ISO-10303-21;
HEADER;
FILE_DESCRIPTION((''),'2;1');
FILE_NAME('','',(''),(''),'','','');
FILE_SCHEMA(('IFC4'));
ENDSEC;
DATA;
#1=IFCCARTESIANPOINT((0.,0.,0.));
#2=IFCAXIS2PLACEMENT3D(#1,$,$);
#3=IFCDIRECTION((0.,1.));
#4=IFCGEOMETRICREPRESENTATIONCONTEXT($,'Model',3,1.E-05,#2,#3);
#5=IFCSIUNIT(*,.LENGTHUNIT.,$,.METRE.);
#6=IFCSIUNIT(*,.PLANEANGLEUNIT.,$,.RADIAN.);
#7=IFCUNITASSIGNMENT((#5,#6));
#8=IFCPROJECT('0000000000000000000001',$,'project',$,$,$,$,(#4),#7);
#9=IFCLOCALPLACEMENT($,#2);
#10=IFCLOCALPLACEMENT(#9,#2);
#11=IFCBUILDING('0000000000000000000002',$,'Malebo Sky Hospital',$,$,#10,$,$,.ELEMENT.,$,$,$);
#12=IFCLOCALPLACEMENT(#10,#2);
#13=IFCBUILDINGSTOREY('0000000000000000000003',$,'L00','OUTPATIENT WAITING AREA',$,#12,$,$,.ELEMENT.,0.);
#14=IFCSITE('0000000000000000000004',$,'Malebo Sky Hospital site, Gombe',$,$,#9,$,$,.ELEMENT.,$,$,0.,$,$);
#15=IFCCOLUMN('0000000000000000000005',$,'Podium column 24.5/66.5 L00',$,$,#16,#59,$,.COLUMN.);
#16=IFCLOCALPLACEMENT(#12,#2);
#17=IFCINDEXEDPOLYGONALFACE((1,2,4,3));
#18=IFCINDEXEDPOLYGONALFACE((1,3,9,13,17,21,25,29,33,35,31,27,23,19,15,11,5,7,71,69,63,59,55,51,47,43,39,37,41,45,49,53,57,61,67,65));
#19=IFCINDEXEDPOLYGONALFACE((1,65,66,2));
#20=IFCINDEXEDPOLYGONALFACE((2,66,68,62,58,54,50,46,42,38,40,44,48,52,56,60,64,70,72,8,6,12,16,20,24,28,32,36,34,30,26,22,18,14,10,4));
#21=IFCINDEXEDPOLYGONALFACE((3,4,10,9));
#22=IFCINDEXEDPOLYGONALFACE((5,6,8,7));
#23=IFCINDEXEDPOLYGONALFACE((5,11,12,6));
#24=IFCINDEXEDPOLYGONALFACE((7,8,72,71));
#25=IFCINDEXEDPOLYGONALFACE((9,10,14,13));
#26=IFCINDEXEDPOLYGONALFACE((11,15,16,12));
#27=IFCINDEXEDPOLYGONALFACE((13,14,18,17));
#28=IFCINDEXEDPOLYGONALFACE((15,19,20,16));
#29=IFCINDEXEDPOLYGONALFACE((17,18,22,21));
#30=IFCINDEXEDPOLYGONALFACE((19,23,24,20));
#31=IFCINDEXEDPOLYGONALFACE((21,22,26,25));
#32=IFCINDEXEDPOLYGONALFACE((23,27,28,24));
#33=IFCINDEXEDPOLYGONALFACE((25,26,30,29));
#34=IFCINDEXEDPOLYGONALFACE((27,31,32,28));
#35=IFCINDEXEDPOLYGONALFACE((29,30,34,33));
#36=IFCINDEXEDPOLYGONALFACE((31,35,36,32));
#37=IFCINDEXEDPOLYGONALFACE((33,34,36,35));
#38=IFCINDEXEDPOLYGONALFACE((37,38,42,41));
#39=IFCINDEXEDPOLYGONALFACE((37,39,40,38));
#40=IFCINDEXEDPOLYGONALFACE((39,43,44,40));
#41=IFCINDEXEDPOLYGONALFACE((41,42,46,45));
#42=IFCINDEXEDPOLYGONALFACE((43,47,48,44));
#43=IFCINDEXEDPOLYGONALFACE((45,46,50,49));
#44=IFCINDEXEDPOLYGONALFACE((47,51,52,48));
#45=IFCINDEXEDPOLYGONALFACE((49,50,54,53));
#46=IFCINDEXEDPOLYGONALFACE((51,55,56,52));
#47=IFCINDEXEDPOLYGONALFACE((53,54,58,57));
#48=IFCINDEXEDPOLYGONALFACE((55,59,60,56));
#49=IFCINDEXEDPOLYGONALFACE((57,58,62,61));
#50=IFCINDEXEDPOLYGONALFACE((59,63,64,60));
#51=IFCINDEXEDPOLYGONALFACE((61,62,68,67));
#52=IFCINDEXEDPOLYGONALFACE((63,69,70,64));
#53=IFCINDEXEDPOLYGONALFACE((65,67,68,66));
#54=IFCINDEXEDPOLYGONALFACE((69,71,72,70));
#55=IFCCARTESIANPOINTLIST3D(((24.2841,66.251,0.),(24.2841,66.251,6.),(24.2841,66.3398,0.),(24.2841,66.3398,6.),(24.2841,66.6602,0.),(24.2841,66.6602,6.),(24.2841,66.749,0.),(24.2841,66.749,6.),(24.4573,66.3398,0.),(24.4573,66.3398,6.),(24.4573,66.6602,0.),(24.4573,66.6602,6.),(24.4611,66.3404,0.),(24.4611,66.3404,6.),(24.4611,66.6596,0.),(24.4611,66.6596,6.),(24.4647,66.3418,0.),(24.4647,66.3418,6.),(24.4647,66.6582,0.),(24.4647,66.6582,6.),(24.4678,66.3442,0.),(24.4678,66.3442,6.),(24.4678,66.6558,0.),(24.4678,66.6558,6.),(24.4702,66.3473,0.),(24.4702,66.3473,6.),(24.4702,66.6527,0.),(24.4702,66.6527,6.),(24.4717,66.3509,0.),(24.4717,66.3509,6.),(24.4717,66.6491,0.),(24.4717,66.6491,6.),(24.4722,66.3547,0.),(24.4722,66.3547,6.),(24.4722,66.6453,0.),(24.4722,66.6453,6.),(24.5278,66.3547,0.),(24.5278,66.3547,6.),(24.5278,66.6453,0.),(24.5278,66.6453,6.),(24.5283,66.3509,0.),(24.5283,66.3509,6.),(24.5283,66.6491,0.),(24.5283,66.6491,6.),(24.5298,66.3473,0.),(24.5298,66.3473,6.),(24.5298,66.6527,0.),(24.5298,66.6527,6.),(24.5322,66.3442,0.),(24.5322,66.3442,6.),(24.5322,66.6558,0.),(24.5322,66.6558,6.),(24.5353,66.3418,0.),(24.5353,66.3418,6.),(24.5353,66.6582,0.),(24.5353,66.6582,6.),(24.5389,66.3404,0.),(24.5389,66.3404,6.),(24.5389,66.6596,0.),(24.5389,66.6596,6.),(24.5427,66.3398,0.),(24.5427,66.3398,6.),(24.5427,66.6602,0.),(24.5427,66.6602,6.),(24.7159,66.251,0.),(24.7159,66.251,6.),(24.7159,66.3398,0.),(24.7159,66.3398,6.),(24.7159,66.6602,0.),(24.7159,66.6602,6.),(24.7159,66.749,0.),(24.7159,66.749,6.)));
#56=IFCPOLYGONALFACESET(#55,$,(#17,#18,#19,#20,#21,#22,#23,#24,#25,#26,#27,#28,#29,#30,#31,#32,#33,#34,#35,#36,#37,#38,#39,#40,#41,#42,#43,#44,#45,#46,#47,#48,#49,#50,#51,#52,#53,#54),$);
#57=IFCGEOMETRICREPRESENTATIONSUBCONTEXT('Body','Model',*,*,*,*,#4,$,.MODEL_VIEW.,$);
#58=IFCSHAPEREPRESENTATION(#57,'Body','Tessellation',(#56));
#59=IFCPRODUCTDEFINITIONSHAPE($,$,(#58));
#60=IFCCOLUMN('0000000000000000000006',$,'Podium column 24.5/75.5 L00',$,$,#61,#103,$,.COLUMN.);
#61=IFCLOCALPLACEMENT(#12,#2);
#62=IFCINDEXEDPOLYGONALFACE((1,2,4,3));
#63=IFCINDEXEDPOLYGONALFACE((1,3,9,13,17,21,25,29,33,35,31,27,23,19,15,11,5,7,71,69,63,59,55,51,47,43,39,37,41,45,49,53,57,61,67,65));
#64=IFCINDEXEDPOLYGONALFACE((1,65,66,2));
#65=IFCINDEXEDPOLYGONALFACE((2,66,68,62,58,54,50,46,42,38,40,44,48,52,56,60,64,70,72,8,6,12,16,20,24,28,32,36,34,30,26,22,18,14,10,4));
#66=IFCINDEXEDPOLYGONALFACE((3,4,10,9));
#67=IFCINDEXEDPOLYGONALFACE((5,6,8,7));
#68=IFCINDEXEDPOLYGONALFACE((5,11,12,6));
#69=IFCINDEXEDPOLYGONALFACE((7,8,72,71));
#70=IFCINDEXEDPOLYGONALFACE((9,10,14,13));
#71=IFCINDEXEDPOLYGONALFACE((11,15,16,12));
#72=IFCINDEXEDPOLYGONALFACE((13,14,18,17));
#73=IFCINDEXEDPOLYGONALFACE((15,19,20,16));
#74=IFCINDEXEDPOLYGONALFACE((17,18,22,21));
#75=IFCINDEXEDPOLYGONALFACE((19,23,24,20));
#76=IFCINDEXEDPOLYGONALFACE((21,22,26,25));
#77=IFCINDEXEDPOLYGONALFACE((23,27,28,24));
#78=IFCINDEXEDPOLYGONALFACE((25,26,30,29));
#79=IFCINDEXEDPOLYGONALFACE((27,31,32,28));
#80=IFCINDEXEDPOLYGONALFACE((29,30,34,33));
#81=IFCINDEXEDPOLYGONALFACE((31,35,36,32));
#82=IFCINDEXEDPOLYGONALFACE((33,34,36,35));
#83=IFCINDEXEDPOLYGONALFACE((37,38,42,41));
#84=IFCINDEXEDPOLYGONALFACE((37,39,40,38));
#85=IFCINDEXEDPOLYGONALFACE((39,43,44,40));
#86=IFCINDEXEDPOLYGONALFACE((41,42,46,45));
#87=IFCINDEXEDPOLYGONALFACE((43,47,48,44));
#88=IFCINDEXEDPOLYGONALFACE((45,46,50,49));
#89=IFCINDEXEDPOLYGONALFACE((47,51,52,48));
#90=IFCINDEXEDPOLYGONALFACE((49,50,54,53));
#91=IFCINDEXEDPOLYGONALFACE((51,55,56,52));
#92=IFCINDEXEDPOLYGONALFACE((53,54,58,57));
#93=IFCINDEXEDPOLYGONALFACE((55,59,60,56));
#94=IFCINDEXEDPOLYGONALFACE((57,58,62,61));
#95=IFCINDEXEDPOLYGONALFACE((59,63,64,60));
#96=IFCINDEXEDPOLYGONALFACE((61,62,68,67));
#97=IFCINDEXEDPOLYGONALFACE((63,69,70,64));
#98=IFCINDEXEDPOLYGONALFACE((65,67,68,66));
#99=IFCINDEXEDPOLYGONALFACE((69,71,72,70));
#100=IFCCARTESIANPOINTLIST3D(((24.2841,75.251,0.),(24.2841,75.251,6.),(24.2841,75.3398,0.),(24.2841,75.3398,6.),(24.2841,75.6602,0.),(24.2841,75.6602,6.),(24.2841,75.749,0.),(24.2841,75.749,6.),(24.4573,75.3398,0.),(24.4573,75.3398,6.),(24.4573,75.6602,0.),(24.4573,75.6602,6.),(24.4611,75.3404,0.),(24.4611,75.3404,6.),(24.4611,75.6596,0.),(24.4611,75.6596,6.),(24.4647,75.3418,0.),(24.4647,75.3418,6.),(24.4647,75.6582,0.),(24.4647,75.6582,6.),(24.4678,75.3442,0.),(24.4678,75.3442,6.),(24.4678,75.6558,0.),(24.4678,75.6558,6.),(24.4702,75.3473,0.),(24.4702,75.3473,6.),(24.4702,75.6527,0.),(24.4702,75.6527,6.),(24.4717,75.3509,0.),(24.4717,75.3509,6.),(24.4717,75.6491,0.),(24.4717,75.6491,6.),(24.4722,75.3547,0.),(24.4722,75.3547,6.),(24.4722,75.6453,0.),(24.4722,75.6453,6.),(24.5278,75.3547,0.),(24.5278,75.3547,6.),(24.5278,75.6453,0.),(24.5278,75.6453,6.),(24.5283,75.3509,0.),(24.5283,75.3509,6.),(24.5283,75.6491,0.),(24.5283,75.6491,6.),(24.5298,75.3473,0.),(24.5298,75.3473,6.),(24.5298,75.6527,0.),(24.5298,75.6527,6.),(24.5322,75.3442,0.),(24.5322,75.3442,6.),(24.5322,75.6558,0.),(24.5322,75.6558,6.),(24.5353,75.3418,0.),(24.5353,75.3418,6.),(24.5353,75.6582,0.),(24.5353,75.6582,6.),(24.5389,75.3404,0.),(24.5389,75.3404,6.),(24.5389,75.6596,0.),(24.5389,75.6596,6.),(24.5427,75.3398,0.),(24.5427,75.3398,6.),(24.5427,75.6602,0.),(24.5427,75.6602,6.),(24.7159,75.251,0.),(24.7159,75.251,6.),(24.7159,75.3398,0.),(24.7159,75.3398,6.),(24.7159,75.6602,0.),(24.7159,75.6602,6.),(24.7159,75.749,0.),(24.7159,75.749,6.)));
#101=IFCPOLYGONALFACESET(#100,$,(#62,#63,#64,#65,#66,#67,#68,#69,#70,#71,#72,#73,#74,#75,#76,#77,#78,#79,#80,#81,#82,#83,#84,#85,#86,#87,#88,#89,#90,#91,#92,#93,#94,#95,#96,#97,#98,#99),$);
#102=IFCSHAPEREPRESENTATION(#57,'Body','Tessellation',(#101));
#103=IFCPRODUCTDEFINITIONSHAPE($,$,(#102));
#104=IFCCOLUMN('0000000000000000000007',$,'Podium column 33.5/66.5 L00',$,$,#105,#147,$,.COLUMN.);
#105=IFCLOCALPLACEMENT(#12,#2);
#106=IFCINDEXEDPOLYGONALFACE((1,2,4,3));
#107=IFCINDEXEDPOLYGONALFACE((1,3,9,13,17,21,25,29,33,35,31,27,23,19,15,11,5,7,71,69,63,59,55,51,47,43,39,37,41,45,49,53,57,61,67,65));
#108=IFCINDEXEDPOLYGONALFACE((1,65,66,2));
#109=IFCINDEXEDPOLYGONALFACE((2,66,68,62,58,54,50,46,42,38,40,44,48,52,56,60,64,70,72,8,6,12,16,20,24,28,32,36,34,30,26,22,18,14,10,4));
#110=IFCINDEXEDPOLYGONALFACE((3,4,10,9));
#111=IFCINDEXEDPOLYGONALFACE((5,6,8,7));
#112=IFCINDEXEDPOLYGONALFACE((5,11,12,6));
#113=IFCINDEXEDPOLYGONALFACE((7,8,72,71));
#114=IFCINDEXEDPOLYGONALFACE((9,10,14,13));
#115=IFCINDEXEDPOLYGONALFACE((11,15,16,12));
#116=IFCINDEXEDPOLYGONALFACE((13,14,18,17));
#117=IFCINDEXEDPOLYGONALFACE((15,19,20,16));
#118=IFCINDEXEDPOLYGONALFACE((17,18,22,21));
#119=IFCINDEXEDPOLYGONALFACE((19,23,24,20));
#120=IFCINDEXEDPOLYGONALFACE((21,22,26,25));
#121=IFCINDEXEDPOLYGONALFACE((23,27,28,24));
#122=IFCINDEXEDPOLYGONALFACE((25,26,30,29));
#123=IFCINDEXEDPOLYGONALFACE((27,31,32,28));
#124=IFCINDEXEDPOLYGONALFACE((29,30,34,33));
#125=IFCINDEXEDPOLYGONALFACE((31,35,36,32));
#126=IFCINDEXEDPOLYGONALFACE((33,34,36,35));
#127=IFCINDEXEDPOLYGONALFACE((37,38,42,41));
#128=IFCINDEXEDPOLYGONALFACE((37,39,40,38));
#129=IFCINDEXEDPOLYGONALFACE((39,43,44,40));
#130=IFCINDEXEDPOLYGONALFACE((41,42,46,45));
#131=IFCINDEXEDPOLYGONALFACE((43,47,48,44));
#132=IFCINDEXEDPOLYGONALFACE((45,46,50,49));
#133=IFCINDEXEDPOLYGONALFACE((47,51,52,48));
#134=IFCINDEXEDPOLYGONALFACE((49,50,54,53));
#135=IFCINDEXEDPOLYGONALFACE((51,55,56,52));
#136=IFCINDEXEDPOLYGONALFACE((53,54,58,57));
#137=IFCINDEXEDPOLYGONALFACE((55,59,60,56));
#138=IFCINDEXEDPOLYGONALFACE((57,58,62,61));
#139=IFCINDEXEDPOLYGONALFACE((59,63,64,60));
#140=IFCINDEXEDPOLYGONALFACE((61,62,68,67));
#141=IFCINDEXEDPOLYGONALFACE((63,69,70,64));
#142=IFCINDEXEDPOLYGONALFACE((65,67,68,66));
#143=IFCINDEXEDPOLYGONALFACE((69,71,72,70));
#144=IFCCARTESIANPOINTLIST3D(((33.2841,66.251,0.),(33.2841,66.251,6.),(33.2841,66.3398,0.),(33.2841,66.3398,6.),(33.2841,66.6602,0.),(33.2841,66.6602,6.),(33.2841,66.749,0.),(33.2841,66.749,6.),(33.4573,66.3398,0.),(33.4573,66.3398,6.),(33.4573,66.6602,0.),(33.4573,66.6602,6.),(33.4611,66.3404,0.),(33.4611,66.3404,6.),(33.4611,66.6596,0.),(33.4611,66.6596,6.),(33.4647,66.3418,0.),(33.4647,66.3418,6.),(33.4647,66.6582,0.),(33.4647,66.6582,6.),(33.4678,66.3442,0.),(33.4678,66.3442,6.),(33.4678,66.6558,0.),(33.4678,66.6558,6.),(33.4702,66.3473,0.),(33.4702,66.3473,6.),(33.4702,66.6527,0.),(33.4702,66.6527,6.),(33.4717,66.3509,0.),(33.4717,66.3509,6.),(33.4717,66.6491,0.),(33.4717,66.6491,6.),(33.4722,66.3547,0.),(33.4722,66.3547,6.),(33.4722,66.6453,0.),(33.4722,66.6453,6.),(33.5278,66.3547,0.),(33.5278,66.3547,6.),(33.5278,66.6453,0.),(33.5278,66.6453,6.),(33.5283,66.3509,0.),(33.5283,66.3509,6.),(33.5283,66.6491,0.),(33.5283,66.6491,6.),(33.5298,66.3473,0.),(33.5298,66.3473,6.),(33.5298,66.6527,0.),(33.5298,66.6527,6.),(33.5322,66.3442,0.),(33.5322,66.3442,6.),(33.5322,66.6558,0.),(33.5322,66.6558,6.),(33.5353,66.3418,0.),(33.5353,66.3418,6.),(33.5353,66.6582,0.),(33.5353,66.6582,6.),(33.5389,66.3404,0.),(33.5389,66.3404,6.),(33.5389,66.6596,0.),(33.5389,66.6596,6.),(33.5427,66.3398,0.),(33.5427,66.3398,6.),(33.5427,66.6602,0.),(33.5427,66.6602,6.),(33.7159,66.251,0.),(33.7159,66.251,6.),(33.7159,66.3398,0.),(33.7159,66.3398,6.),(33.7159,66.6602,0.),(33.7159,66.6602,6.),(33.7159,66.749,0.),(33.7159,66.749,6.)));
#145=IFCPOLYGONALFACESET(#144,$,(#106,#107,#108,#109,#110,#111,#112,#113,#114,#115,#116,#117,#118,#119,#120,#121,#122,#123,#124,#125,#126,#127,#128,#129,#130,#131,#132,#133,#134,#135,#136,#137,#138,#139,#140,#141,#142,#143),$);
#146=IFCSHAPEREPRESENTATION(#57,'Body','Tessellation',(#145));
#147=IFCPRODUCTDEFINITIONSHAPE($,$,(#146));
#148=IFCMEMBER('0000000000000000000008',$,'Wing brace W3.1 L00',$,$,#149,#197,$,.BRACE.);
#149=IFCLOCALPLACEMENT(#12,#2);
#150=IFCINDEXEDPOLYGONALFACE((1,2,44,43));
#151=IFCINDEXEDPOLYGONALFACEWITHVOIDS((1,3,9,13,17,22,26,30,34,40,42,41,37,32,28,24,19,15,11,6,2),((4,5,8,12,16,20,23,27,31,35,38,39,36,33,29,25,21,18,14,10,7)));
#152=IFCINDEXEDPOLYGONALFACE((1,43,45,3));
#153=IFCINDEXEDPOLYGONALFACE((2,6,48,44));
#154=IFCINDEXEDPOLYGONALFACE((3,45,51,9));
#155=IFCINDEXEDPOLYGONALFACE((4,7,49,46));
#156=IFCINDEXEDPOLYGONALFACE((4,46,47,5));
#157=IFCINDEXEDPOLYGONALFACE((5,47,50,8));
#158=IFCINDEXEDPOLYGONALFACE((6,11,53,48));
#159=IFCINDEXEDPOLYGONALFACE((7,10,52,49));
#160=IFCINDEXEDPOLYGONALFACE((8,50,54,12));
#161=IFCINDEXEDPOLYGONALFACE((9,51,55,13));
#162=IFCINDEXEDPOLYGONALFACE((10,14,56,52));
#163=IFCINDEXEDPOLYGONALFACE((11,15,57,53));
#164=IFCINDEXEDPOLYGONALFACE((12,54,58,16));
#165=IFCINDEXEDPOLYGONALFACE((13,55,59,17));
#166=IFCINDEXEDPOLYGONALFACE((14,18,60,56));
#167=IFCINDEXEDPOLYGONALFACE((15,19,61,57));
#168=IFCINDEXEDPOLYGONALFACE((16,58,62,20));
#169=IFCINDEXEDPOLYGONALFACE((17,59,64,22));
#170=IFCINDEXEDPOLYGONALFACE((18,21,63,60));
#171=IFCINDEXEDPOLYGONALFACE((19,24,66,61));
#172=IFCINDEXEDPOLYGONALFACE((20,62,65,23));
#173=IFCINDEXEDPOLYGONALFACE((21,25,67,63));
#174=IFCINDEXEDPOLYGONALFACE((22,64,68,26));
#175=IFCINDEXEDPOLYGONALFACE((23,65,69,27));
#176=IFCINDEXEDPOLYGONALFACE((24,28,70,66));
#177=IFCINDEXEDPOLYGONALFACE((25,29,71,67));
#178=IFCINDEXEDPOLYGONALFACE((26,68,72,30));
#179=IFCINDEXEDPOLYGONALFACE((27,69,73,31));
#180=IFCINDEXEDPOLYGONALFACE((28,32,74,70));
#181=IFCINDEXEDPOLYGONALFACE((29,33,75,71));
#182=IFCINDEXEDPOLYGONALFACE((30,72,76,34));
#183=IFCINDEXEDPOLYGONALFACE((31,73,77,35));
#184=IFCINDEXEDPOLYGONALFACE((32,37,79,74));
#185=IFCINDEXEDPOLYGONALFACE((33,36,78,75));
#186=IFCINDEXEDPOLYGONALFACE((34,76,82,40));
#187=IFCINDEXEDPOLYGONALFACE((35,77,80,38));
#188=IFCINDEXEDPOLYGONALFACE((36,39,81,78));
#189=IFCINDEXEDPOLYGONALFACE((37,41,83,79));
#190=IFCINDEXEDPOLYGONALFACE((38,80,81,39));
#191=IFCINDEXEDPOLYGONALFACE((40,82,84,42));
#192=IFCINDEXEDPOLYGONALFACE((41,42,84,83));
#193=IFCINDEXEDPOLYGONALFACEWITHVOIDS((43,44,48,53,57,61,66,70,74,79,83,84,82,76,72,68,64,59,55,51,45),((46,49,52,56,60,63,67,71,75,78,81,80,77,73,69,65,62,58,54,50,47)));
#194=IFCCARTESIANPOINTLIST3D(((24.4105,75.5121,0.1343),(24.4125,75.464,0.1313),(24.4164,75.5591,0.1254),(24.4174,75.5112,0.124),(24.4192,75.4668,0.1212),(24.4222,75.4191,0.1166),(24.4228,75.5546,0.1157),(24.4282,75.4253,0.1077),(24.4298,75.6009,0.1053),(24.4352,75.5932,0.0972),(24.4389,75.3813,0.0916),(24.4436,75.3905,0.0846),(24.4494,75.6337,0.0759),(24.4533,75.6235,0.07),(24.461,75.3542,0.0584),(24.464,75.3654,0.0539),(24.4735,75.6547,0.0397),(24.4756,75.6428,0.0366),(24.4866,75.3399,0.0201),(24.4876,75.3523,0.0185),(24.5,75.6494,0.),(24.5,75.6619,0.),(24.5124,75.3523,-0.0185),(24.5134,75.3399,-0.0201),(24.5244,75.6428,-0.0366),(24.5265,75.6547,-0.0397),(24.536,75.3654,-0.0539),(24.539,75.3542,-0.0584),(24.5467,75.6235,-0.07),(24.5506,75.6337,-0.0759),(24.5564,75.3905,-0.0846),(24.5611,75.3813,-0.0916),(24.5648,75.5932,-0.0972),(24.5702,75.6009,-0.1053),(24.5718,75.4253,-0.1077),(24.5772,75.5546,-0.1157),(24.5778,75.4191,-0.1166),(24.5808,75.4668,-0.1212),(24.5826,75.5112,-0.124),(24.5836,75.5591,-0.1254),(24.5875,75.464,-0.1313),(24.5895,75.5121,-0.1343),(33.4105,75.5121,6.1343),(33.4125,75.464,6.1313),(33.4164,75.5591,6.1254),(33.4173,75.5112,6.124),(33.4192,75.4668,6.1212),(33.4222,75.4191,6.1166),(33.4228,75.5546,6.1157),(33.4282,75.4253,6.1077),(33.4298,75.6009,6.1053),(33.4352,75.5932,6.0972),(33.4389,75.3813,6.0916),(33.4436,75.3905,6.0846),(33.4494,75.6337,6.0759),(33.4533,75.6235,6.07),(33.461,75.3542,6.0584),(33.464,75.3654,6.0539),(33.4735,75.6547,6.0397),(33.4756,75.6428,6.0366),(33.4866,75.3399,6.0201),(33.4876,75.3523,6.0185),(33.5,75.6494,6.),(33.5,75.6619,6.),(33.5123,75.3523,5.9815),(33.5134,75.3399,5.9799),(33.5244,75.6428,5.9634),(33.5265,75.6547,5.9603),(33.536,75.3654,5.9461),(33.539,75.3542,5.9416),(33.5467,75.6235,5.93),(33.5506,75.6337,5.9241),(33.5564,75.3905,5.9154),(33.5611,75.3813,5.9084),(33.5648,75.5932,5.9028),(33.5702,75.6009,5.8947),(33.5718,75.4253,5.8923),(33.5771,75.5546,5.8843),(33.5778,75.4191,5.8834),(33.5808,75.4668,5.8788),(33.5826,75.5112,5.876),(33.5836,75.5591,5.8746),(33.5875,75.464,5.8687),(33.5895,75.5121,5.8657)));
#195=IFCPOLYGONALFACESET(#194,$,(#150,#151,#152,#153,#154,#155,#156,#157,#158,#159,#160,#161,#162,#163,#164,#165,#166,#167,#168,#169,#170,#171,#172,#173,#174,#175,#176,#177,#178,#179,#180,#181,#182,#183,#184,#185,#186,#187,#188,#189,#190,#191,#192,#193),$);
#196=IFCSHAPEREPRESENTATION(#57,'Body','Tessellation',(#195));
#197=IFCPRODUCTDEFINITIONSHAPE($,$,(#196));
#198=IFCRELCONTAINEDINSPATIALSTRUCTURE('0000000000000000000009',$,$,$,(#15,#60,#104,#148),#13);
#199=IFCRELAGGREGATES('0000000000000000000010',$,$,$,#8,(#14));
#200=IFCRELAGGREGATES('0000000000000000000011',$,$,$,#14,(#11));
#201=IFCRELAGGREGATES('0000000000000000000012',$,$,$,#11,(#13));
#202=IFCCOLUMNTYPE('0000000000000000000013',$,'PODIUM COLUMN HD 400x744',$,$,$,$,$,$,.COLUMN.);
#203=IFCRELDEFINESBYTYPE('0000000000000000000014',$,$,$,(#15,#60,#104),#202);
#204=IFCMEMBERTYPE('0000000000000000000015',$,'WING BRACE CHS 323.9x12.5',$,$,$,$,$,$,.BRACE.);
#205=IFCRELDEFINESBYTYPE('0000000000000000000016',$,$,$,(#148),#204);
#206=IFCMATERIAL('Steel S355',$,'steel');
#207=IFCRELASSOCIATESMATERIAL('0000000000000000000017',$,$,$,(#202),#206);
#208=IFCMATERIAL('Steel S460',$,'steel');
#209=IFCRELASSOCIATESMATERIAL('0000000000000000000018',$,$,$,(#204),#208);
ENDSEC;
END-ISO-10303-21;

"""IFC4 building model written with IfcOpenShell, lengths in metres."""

from ifc_helpers import new_model, si_unit, direction, frame, origin, origin_2d, place, context, subcontext, project, spatial, hollow_circle, i_section, extrude, material, material_profile, profile_set, type_object, element, save


model = new_model("IFC4")

# Units and contexts
model_context = context("Model", 3, precision=1e-05, world=origin(), true_north=direction((0.0, 1.0)))
body_context = subcontext(model_context, "Body", "Model", "MODEL_VIEW")
ifc_project = project(units=[si_unit("LENGTHUNIT", "METRE"), si_unit("PLANEANGLEUNIT", "RADIAN")], contexts=[model_context])

# Site, building, storey
site_placement = place(None, origin())
site = spatial("IfcSite", under=ifc_project, at=site_placement, Name="Malebo Sky Hospital site, Gombe", CompositionType="ELEMENT", RefElevation=0.0)
building_placement = place(site_placement, origin())
building = spatial("IfcBuilding", under=site, at=building_placement, Name="Malebo Sky Hospital", CompositionType="ELEMENT")
storey_placement = place(building_placement, origin())
storey = spatial("IfcBuildingStorey", under=building, at=storey_placement, Name="L00", Description="OUTPATIENT WAITING AREA", CompositionType="ELEMENT", Elevation=0.0)

# Columns
ifc_material_1 = material(Name="Steel S460", Category="steel")
ifc_material_2 = material(Name="Steel S355", Category="steel")
ifc_material_profile_1 = material_profile(ifc_material_2, i_section(OverallWidth=0.4319, OverallDepth=0.498, WebThickness=0.0557, FlangeThickness=0.0889, FilletRadius=0.0149, at=origin_2d()), Name="HD 400x744")
ifc_profile_set_1 = profile_set([ifc_material_profile_1], Name="Steel S355")
column_type_1 = type_object("IfcColumnType", Name="PODIUM COLUMN HD 400x744", PredefinedType="COLUMN", material=ifc_profile_set_1)
for number, where, z_axis, x_axis, name in (
    (1, (24.5, 66.5, 0.0), (0.0, 0.0, 1.0), (1.0, 0.0, 0.0), "Podium column 24.5/66.5 L00"),
    (2, (24.5, 75.5, 0.0), (0.0, 0.0, 1.0), (1.0, 0.0, 0.0), "Podium column 24.5/75.5 L00"),
    (3, (33.5, 66.5, 0.0), (0.0, 0.0, 1.0), (1.0, 0.0, 0.0), "Podium column 33.5/66.5 L00"),
):
    element("IfcColumn", number, at=place(storey_placement, frame(where, z_axis=z_axis, x_axis=x_axis)), inside=storey, type_object=column_type_1, Name=name, PredefinedType="COLUMN", context=body_context, shape_type="SweptSolid", body=[
        extrude(i_section(OverallWidth=0.4319, OverallDepth=0.498, WebThickness=0.0557, FlangeThickness=0.0889, FilletRadius=0.0149, at=origin_2d()), origin(), (0.0, 0.0, 1.0), 6.0),
    ])

# Member
ifc_material_profile_2 = material_profile(ifc_material_1, hollow_circle(Radius=0.1619, WallThickness=0.0125, at=origin_2d()), Name="CHS 323.9x12.5")
ifc_profile_set_2 = profile_set([ifc_material_profile_2], Name="Steel S460")
member_type = type_object("IfcMemberType", Name="WING BRACE CHS 323.9x12.5", PredefinedType="BRACE", material=ifc_profile_set_2)
member_placement = place(storey_placement, frame((24.5, 75.5, 0.0), z_axis=(0.83205, 0.0, 0.5547), x_axis=(0.0, 1.0, 0.0)))
element("IfcMember", 4, at=member_placement, inside=storey, type_object=member_type, Name="Wing brace W3.1 L00", PredefinedType="BRACE", context=body_context, shape_type="SweptSolid", body=[
    extrude(hollow_circle(Radius=0.1619, WallThickness=0.0125, at=origin_2d()), origin(), (0.0, 0.0, 1.0), 10.8167),
])

save(model, "model.ifc")
